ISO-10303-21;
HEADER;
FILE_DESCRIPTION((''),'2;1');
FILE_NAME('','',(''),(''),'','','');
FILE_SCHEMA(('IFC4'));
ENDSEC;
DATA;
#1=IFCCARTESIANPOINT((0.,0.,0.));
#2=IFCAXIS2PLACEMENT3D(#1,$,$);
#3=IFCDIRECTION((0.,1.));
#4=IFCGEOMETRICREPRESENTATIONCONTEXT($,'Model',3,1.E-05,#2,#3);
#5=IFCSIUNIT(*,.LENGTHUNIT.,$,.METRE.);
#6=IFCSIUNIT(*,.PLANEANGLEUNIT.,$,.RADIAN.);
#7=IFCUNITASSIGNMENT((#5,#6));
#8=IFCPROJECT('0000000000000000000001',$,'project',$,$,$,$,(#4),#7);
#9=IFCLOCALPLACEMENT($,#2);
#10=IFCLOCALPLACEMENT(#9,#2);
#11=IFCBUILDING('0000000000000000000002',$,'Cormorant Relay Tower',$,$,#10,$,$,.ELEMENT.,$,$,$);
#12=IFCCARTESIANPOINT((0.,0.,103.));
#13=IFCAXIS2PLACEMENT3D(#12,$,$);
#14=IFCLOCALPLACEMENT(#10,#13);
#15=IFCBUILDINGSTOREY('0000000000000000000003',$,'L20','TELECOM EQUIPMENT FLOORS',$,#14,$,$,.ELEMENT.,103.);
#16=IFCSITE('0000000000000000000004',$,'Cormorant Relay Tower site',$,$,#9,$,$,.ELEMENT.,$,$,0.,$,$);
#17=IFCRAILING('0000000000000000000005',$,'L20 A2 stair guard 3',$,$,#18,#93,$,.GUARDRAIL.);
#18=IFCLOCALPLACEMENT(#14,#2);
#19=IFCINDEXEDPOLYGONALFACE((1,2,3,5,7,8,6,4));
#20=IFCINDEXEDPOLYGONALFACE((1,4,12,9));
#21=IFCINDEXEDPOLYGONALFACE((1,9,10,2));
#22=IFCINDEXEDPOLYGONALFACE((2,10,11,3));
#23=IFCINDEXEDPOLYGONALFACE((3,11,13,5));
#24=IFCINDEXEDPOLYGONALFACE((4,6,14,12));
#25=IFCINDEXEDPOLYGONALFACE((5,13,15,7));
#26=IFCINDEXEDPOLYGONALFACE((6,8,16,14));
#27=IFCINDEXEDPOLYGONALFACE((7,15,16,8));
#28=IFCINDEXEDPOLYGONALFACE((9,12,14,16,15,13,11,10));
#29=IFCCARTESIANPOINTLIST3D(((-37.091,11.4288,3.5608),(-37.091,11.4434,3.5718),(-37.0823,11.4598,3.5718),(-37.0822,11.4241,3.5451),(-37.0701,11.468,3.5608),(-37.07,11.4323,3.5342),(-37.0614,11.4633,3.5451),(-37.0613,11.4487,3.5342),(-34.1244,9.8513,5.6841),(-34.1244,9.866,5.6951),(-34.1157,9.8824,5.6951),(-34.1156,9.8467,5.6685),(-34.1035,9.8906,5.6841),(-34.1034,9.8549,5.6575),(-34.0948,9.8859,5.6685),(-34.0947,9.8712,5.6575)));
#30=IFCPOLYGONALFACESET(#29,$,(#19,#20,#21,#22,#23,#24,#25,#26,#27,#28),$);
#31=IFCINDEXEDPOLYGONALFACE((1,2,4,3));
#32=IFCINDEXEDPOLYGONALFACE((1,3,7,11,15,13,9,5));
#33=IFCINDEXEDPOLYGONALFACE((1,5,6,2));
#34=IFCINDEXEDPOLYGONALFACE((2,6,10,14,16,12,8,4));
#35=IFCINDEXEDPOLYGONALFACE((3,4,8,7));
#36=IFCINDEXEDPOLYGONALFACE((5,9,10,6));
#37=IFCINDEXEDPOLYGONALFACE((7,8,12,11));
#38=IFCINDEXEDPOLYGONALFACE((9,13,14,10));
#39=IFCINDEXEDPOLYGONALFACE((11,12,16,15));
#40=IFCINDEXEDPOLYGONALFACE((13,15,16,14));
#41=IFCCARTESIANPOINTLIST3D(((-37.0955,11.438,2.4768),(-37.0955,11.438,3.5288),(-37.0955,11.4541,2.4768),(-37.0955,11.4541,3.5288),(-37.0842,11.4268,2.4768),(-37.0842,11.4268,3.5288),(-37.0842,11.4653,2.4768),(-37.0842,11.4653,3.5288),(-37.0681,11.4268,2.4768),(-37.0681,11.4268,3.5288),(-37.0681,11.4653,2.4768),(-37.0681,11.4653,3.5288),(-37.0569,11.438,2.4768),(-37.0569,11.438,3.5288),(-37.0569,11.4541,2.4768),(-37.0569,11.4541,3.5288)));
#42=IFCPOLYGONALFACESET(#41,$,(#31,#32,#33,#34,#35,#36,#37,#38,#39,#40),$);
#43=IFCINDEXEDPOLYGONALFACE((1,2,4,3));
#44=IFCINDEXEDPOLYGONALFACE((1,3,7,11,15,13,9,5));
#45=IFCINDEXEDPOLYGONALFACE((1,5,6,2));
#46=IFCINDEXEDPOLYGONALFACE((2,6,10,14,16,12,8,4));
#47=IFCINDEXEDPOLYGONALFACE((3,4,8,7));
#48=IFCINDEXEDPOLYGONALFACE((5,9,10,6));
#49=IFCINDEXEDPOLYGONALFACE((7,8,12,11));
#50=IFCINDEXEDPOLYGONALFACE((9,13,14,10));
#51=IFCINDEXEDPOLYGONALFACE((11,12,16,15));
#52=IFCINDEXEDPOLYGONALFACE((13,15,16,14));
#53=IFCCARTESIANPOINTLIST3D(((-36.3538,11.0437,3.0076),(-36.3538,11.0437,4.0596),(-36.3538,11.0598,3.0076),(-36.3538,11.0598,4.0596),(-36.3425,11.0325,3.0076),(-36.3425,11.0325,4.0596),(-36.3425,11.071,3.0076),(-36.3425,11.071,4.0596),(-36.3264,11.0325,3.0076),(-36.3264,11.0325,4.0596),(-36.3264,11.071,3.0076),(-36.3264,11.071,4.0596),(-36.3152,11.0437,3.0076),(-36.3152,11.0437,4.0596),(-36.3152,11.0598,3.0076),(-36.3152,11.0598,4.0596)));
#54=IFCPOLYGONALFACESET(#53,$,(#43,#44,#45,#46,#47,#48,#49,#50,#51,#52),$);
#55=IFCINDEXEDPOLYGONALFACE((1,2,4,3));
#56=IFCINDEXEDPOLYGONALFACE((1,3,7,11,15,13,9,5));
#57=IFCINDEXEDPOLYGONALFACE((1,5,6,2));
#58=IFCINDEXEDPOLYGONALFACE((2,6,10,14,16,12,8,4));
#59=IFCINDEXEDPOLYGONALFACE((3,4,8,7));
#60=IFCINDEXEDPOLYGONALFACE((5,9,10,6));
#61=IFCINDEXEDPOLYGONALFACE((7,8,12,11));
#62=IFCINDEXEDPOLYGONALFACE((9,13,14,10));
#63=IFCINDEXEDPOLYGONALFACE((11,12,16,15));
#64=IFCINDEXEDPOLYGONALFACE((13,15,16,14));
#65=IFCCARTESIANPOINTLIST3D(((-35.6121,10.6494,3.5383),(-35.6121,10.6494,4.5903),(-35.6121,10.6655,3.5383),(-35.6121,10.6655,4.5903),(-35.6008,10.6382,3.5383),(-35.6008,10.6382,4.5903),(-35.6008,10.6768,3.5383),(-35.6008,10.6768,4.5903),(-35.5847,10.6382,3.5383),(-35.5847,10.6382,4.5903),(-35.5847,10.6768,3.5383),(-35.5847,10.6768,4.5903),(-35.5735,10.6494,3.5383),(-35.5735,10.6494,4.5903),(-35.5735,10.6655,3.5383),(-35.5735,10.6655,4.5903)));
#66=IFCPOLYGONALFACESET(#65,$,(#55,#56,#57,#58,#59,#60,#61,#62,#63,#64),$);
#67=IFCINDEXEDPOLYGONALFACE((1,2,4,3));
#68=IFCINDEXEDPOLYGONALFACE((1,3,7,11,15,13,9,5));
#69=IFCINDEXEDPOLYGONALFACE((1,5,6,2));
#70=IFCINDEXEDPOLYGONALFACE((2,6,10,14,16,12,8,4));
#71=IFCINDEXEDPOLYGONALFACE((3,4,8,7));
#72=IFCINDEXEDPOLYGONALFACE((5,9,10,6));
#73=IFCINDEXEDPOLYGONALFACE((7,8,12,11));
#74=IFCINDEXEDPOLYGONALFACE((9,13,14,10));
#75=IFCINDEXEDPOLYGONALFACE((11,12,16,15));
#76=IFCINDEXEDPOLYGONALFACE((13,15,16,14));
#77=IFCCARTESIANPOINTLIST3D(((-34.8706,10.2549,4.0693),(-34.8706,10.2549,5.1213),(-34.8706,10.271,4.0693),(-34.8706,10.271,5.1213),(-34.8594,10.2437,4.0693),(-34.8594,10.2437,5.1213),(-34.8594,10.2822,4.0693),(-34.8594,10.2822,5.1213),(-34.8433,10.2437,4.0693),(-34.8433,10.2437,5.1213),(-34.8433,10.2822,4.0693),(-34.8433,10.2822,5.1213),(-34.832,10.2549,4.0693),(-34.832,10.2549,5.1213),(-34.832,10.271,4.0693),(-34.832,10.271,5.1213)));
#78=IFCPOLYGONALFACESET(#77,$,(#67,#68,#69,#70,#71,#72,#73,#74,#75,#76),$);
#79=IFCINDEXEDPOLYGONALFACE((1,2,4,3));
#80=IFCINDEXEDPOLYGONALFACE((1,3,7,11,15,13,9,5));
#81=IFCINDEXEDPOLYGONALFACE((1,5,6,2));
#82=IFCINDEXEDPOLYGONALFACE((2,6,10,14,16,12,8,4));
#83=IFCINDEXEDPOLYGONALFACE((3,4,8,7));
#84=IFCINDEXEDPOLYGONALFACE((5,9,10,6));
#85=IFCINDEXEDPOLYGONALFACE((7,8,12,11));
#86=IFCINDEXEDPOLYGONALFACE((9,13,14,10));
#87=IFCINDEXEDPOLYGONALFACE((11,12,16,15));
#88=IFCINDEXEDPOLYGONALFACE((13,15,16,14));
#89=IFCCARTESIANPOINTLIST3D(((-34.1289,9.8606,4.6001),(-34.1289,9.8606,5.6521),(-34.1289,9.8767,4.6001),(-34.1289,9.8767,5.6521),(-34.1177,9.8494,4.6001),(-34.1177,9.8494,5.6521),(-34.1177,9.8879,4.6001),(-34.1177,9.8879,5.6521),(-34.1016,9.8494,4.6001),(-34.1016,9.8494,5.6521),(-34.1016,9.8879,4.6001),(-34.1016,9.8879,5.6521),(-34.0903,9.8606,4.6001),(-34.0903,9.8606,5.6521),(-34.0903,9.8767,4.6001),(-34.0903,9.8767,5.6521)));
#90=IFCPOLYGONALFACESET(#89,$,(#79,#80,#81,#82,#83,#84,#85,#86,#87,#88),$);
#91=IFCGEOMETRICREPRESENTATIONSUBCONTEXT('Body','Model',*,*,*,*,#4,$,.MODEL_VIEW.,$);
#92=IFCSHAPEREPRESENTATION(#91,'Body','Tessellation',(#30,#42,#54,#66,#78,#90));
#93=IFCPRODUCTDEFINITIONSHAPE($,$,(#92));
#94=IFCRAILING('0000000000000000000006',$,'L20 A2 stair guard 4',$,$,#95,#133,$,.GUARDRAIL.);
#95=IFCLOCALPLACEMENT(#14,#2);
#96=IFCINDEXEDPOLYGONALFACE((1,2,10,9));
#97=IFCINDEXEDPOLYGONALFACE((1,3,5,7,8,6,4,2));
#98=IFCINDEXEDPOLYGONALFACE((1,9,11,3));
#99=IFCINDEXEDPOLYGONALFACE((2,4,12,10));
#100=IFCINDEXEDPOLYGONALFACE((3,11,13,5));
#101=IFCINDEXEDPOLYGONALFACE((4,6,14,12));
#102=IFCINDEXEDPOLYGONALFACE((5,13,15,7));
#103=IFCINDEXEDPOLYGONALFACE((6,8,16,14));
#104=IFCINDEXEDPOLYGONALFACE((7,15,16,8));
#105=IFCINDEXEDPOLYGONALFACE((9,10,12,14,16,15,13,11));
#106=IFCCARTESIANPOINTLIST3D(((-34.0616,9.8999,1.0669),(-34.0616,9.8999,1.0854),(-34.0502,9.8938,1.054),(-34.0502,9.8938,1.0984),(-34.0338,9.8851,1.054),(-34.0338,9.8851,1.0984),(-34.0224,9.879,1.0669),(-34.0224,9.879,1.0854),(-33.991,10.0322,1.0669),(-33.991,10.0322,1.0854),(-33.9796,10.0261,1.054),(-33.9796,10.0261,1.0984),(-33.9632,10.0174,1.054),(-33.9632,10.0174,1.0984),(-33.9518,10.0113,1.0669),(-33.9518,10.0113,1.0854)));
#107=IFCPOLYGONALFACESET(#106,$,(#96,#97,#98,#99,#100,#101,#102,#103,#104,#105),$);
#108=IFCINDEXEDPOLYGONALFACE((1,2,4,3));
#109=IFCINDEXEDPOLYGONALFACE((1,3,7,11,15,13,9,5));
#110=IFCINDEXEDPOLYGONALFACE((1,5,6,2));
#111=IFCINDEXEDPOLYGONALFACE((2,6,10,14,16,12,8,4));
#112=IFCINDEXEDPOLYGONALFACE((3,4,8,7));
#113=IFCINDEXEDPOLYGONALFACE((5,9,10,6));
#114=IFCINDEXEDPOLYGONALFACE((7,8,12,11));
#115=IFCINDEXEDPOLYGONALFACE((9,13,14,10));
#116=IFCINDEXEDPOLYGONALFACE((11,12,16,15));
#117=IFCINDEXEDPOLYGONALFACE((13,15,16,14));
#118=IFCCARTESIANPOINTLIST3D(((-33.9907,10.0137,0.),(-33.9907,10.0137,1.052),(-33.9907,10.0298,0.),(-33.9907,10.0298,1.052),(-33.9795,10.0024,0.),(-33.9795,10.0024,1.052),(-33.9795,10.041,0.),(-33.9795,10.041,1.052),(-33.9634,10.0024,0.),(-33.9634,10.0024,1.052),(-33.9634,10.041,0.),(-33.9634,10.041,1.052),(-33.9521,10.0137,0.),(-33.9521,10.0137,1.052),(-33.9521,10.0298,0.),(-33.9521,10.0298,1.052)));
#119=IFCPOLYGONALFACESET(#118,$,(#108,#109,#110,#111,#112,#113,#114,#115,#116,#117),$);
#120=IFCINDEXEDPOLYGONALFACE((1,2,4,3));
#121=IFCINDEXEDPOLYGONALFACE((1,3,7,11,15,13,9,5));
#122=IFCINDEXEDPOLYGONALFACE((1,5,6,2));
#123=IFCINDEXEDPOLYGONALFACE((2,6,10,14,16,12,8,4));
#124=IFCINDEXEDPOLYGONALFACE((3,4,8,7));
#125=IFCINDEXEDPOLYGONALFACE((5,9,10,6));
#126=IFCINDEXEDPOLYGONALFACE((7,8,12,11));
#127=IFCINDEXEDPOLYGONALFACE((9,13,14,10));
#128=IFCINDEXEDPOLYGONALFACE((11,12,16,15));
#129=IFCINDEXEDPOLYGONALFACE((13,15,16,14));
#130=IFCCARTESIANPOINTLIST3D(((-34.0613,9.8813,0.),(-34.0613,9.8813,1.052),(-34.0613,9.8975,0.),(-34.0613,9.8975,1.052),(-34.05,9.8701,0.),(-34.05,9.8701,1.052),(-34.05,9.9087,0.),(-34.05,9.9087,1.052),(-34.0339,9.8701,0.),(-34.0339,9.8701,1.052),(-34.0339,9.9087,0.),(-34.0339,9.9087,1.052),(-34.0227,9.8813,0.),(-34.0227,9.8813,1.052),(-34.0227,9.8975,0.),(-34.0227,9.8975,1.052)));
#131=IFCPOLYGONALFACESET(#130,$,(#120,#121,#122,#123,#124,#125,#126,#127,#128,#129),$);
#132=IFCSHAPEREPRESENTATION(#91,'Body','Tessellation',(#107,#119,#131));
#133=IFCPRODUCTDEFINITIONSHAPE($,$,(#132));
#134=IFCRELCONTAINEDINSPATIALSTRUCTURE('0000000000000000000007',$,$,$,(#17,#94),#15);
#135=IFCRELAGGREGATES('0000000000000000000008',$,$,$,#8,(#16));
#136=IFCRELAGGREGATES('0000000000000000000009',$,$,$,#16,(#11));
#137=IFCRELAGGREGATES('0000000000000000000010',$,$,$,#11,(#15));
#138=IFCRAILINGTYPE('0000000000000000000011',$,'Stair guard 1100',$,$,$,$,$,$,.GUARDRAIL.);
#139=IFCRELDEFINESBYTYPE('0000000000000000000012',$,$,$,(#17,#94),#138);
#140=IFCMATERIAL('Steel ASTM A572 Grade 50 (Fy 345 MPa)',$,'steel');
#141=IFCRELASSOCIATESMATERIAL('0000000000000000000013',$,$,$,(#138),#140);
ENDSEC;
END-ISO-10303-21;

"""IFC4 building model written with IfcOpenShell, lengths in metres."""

from ifc_helpers import new_model, si_unit, direction, frame, origin, place, context, subcontext, project, spatial, polyline, outline, extrude, material, type_object, element, save


model = new_model("IFC4")

# Units and contexts
model_context = context("Model", 3, precision=1e-05, world=origin(), true_north=direction((0.0, 1.0)))
body_context = subcontext(model_context, "Body", "Model", "MODEL_VIEW")
ifc_project = project(units=[si_unit("LENGTHUNIT", "METRE"), si_unit("PLANEANGLEUNIT", "RADIAN")], contexts=[model_context])

# Site, building, storey
site_placement = place(None, origin())
site = spatial("IfcSite", under=ifc_project, at=site_placement, Name="Cormorant Relay Tower site", CompositionType="ELEMENT", RefElevation=0.0)
building_placement = place(site_placement, origin())
building = spatial("IfcBuilding", under=site, at=building_placement, Name="Cormorant Relay Tower", CompositionType="ELEMENT")
storey_placement = place(building_placement, frame((0.0, 0.0, 103.0)))
storey = spatial("IfcBuildingStorey", under=building, at=storey_placement, Name="L20", Description="TELECOM EQUIPMENT FLOORS", CompositionType="ELEMENT", Elevation=103.0)

# Railings
ifc_material_1 = material(Name="Steel ASTM A572 Grade 50 (Fy 345 MPa)", Category="steel")
railing_type_1 = type_object("IfcRailingType", Name="Stair guard 1100", PredefinedType="GUARDRAIL", material=ifc_material_1)
railing_1_placement = place(storey_placement, frame((-37.0762, 11.446, 2.4768)))
element("IfcRailing", 1, at=railing_1_placement, inside=storey, type_object=railing_type_1, Name="L20 A2 stair guard 3", PredefinedType="GUARDRAIL", context=body_context, shape_type="SweptSolid", body=[
    extrude(outline(polyline([(0.0222, 0.0093), (0.0093, 0.0222), (-0.0093, 0.0222), (-0.0222, 0.0093), (-0.0222, -0.0093), (-0.0093, -0.0222), (0.0093, -0.0222), (0.0222, -0.0093), (0.0222, 0.0093)])), frame((0.0, 0.0, 1.0762), z_axis=(0.746389, -0.396874, 0.534223), x_axis=(0.469483, 0.882942, 0.0)), (0.0, 0.0, 1.0), 3.9746),
    extrude(outline(polyline([(0.0193, 0.0081), (0.0081, 0.0193), (-0.0081, 0.0193), (-0.0193, 0.0081), (-0.0193, -0.0081), (-0.0081, -0.0193), (0.0081, -0.0193), (0.0193, -0.0081), (0.0193, 0.0081)])), origin(), (0.0, 0.0, 1.0), 1.052),
    extrude(outline(polyline([(0.0193, 0.0081), (0.0081, 0.0193), (-0.0081, 0.0193), (-0.0193, 0.0081), (-0.0193, -0.0081), (-0.0081, -0.0193), (0.0081, -0.0193), (0.0193, -0.0081), (0.0193, 0.0081)])), frame((0.7417, -0.3943, 0.5308)), (0.0, 0.0, 1.0), 1.052),
    extrude(outline(polyline([(0.0193, 0.0081), (0.0081, 0.0193), (-0.0081, 0.0193), (-0.0193, 0.0081), (-0.0193, -0.0081), (-0.0081, -0.0193), (0.0081, -0.0193), (0.0193, -0.0081), (0.0193, 0.0081)])), frame((1.4834, -0.7886, 1.0615)), (0.0, 0.0, 1.0), 1.052),
    extrude(outline(polyline([(0.0193, 0.0081), (0.0081, 0.0193), (-0.0081, 0.0193), (-0.0193, 0.0081), (-0.0193, -0.0081), (-0.0081, -0.0193), (0.0081, -0.0193), (0.0193, -0.0081), (0.0193, 0.0081)])), frame((2.2249, -1.1831, 1.5925)), (0.0, 0.0, 1.0), 1.052),
    extrude(outline(polyline([(0.0193, 0.0081), (0.0081, 0.0193), (-0.0081, 0.0193), (-0.0193, 0.0081), (-0.0193, -0.0081), (-0.0081, -0.0193), (0.0081, -0.0193), (0.0193, -0.0081), (0.0193, 0.0081)])), frame((2.9666, -1.5774, 2.1233)), (0.0, 0.0, 1.0), 1.052),
])
railing_2_placement = place(storey_placement, frame((-33.9714, 10.0217, 0.0)))
element("IfcRailing", 2, at=railing_2_placement, inside=storey, type_object=railing_type_1, Name="L20 A2 stair guard 4", PredefinedType="GUARDRAIL", context=body_context, shape_type="SweptSolid", body=[
    extrude(outline(polyline([(0.0222, 0.0093), (0.0093, 0.0222), (-0.0093, 0.0222), (-0.0222, 0.0093), (-0.0222, -0.0093), (-0.0093, -0.0222), (0.0093, -0.0222), (0.0222, -0.0093), (0.0222, 0.0093)])), frame((0.0, 0.0, 1.0762), z_axis=(-0.470504, -0.882398, 0.0), x_axis=(0.882398, -0.470504, 0.0)), (0.0, 0.0, 1.0), 0.1499),
    extrude(outline(polyline([(0.0193, 0.0081), (0.0081, 0.0193), (-0.0081, 0.0193), (-0.0193, 0.0081), (-0.0193, -0.0081), (-0.0081, -0.0193), (0.0081, -0.0193), (0.0193, -0.0081), (0.0193, 0.0081)])), origin(), (0.0, 0.0, 1.0), 1.052),
    extrude(outline(polyline([(0.0193, 0.0081), (0.0081, 0.0193), (-0.0081, 0.0193), (-0.0193, 0.0081), (-0.0193, -0.0081), (-0.0081, -0.0193), (0.0081, -0.0193), (0.0193, -0.0081), (0.0193, 0.0081)])), frame((-0.0706, -0.1323, 0.0)), (0.0, 0.0, 1.0), 1.052),
])

save(model, "model.ifc")
